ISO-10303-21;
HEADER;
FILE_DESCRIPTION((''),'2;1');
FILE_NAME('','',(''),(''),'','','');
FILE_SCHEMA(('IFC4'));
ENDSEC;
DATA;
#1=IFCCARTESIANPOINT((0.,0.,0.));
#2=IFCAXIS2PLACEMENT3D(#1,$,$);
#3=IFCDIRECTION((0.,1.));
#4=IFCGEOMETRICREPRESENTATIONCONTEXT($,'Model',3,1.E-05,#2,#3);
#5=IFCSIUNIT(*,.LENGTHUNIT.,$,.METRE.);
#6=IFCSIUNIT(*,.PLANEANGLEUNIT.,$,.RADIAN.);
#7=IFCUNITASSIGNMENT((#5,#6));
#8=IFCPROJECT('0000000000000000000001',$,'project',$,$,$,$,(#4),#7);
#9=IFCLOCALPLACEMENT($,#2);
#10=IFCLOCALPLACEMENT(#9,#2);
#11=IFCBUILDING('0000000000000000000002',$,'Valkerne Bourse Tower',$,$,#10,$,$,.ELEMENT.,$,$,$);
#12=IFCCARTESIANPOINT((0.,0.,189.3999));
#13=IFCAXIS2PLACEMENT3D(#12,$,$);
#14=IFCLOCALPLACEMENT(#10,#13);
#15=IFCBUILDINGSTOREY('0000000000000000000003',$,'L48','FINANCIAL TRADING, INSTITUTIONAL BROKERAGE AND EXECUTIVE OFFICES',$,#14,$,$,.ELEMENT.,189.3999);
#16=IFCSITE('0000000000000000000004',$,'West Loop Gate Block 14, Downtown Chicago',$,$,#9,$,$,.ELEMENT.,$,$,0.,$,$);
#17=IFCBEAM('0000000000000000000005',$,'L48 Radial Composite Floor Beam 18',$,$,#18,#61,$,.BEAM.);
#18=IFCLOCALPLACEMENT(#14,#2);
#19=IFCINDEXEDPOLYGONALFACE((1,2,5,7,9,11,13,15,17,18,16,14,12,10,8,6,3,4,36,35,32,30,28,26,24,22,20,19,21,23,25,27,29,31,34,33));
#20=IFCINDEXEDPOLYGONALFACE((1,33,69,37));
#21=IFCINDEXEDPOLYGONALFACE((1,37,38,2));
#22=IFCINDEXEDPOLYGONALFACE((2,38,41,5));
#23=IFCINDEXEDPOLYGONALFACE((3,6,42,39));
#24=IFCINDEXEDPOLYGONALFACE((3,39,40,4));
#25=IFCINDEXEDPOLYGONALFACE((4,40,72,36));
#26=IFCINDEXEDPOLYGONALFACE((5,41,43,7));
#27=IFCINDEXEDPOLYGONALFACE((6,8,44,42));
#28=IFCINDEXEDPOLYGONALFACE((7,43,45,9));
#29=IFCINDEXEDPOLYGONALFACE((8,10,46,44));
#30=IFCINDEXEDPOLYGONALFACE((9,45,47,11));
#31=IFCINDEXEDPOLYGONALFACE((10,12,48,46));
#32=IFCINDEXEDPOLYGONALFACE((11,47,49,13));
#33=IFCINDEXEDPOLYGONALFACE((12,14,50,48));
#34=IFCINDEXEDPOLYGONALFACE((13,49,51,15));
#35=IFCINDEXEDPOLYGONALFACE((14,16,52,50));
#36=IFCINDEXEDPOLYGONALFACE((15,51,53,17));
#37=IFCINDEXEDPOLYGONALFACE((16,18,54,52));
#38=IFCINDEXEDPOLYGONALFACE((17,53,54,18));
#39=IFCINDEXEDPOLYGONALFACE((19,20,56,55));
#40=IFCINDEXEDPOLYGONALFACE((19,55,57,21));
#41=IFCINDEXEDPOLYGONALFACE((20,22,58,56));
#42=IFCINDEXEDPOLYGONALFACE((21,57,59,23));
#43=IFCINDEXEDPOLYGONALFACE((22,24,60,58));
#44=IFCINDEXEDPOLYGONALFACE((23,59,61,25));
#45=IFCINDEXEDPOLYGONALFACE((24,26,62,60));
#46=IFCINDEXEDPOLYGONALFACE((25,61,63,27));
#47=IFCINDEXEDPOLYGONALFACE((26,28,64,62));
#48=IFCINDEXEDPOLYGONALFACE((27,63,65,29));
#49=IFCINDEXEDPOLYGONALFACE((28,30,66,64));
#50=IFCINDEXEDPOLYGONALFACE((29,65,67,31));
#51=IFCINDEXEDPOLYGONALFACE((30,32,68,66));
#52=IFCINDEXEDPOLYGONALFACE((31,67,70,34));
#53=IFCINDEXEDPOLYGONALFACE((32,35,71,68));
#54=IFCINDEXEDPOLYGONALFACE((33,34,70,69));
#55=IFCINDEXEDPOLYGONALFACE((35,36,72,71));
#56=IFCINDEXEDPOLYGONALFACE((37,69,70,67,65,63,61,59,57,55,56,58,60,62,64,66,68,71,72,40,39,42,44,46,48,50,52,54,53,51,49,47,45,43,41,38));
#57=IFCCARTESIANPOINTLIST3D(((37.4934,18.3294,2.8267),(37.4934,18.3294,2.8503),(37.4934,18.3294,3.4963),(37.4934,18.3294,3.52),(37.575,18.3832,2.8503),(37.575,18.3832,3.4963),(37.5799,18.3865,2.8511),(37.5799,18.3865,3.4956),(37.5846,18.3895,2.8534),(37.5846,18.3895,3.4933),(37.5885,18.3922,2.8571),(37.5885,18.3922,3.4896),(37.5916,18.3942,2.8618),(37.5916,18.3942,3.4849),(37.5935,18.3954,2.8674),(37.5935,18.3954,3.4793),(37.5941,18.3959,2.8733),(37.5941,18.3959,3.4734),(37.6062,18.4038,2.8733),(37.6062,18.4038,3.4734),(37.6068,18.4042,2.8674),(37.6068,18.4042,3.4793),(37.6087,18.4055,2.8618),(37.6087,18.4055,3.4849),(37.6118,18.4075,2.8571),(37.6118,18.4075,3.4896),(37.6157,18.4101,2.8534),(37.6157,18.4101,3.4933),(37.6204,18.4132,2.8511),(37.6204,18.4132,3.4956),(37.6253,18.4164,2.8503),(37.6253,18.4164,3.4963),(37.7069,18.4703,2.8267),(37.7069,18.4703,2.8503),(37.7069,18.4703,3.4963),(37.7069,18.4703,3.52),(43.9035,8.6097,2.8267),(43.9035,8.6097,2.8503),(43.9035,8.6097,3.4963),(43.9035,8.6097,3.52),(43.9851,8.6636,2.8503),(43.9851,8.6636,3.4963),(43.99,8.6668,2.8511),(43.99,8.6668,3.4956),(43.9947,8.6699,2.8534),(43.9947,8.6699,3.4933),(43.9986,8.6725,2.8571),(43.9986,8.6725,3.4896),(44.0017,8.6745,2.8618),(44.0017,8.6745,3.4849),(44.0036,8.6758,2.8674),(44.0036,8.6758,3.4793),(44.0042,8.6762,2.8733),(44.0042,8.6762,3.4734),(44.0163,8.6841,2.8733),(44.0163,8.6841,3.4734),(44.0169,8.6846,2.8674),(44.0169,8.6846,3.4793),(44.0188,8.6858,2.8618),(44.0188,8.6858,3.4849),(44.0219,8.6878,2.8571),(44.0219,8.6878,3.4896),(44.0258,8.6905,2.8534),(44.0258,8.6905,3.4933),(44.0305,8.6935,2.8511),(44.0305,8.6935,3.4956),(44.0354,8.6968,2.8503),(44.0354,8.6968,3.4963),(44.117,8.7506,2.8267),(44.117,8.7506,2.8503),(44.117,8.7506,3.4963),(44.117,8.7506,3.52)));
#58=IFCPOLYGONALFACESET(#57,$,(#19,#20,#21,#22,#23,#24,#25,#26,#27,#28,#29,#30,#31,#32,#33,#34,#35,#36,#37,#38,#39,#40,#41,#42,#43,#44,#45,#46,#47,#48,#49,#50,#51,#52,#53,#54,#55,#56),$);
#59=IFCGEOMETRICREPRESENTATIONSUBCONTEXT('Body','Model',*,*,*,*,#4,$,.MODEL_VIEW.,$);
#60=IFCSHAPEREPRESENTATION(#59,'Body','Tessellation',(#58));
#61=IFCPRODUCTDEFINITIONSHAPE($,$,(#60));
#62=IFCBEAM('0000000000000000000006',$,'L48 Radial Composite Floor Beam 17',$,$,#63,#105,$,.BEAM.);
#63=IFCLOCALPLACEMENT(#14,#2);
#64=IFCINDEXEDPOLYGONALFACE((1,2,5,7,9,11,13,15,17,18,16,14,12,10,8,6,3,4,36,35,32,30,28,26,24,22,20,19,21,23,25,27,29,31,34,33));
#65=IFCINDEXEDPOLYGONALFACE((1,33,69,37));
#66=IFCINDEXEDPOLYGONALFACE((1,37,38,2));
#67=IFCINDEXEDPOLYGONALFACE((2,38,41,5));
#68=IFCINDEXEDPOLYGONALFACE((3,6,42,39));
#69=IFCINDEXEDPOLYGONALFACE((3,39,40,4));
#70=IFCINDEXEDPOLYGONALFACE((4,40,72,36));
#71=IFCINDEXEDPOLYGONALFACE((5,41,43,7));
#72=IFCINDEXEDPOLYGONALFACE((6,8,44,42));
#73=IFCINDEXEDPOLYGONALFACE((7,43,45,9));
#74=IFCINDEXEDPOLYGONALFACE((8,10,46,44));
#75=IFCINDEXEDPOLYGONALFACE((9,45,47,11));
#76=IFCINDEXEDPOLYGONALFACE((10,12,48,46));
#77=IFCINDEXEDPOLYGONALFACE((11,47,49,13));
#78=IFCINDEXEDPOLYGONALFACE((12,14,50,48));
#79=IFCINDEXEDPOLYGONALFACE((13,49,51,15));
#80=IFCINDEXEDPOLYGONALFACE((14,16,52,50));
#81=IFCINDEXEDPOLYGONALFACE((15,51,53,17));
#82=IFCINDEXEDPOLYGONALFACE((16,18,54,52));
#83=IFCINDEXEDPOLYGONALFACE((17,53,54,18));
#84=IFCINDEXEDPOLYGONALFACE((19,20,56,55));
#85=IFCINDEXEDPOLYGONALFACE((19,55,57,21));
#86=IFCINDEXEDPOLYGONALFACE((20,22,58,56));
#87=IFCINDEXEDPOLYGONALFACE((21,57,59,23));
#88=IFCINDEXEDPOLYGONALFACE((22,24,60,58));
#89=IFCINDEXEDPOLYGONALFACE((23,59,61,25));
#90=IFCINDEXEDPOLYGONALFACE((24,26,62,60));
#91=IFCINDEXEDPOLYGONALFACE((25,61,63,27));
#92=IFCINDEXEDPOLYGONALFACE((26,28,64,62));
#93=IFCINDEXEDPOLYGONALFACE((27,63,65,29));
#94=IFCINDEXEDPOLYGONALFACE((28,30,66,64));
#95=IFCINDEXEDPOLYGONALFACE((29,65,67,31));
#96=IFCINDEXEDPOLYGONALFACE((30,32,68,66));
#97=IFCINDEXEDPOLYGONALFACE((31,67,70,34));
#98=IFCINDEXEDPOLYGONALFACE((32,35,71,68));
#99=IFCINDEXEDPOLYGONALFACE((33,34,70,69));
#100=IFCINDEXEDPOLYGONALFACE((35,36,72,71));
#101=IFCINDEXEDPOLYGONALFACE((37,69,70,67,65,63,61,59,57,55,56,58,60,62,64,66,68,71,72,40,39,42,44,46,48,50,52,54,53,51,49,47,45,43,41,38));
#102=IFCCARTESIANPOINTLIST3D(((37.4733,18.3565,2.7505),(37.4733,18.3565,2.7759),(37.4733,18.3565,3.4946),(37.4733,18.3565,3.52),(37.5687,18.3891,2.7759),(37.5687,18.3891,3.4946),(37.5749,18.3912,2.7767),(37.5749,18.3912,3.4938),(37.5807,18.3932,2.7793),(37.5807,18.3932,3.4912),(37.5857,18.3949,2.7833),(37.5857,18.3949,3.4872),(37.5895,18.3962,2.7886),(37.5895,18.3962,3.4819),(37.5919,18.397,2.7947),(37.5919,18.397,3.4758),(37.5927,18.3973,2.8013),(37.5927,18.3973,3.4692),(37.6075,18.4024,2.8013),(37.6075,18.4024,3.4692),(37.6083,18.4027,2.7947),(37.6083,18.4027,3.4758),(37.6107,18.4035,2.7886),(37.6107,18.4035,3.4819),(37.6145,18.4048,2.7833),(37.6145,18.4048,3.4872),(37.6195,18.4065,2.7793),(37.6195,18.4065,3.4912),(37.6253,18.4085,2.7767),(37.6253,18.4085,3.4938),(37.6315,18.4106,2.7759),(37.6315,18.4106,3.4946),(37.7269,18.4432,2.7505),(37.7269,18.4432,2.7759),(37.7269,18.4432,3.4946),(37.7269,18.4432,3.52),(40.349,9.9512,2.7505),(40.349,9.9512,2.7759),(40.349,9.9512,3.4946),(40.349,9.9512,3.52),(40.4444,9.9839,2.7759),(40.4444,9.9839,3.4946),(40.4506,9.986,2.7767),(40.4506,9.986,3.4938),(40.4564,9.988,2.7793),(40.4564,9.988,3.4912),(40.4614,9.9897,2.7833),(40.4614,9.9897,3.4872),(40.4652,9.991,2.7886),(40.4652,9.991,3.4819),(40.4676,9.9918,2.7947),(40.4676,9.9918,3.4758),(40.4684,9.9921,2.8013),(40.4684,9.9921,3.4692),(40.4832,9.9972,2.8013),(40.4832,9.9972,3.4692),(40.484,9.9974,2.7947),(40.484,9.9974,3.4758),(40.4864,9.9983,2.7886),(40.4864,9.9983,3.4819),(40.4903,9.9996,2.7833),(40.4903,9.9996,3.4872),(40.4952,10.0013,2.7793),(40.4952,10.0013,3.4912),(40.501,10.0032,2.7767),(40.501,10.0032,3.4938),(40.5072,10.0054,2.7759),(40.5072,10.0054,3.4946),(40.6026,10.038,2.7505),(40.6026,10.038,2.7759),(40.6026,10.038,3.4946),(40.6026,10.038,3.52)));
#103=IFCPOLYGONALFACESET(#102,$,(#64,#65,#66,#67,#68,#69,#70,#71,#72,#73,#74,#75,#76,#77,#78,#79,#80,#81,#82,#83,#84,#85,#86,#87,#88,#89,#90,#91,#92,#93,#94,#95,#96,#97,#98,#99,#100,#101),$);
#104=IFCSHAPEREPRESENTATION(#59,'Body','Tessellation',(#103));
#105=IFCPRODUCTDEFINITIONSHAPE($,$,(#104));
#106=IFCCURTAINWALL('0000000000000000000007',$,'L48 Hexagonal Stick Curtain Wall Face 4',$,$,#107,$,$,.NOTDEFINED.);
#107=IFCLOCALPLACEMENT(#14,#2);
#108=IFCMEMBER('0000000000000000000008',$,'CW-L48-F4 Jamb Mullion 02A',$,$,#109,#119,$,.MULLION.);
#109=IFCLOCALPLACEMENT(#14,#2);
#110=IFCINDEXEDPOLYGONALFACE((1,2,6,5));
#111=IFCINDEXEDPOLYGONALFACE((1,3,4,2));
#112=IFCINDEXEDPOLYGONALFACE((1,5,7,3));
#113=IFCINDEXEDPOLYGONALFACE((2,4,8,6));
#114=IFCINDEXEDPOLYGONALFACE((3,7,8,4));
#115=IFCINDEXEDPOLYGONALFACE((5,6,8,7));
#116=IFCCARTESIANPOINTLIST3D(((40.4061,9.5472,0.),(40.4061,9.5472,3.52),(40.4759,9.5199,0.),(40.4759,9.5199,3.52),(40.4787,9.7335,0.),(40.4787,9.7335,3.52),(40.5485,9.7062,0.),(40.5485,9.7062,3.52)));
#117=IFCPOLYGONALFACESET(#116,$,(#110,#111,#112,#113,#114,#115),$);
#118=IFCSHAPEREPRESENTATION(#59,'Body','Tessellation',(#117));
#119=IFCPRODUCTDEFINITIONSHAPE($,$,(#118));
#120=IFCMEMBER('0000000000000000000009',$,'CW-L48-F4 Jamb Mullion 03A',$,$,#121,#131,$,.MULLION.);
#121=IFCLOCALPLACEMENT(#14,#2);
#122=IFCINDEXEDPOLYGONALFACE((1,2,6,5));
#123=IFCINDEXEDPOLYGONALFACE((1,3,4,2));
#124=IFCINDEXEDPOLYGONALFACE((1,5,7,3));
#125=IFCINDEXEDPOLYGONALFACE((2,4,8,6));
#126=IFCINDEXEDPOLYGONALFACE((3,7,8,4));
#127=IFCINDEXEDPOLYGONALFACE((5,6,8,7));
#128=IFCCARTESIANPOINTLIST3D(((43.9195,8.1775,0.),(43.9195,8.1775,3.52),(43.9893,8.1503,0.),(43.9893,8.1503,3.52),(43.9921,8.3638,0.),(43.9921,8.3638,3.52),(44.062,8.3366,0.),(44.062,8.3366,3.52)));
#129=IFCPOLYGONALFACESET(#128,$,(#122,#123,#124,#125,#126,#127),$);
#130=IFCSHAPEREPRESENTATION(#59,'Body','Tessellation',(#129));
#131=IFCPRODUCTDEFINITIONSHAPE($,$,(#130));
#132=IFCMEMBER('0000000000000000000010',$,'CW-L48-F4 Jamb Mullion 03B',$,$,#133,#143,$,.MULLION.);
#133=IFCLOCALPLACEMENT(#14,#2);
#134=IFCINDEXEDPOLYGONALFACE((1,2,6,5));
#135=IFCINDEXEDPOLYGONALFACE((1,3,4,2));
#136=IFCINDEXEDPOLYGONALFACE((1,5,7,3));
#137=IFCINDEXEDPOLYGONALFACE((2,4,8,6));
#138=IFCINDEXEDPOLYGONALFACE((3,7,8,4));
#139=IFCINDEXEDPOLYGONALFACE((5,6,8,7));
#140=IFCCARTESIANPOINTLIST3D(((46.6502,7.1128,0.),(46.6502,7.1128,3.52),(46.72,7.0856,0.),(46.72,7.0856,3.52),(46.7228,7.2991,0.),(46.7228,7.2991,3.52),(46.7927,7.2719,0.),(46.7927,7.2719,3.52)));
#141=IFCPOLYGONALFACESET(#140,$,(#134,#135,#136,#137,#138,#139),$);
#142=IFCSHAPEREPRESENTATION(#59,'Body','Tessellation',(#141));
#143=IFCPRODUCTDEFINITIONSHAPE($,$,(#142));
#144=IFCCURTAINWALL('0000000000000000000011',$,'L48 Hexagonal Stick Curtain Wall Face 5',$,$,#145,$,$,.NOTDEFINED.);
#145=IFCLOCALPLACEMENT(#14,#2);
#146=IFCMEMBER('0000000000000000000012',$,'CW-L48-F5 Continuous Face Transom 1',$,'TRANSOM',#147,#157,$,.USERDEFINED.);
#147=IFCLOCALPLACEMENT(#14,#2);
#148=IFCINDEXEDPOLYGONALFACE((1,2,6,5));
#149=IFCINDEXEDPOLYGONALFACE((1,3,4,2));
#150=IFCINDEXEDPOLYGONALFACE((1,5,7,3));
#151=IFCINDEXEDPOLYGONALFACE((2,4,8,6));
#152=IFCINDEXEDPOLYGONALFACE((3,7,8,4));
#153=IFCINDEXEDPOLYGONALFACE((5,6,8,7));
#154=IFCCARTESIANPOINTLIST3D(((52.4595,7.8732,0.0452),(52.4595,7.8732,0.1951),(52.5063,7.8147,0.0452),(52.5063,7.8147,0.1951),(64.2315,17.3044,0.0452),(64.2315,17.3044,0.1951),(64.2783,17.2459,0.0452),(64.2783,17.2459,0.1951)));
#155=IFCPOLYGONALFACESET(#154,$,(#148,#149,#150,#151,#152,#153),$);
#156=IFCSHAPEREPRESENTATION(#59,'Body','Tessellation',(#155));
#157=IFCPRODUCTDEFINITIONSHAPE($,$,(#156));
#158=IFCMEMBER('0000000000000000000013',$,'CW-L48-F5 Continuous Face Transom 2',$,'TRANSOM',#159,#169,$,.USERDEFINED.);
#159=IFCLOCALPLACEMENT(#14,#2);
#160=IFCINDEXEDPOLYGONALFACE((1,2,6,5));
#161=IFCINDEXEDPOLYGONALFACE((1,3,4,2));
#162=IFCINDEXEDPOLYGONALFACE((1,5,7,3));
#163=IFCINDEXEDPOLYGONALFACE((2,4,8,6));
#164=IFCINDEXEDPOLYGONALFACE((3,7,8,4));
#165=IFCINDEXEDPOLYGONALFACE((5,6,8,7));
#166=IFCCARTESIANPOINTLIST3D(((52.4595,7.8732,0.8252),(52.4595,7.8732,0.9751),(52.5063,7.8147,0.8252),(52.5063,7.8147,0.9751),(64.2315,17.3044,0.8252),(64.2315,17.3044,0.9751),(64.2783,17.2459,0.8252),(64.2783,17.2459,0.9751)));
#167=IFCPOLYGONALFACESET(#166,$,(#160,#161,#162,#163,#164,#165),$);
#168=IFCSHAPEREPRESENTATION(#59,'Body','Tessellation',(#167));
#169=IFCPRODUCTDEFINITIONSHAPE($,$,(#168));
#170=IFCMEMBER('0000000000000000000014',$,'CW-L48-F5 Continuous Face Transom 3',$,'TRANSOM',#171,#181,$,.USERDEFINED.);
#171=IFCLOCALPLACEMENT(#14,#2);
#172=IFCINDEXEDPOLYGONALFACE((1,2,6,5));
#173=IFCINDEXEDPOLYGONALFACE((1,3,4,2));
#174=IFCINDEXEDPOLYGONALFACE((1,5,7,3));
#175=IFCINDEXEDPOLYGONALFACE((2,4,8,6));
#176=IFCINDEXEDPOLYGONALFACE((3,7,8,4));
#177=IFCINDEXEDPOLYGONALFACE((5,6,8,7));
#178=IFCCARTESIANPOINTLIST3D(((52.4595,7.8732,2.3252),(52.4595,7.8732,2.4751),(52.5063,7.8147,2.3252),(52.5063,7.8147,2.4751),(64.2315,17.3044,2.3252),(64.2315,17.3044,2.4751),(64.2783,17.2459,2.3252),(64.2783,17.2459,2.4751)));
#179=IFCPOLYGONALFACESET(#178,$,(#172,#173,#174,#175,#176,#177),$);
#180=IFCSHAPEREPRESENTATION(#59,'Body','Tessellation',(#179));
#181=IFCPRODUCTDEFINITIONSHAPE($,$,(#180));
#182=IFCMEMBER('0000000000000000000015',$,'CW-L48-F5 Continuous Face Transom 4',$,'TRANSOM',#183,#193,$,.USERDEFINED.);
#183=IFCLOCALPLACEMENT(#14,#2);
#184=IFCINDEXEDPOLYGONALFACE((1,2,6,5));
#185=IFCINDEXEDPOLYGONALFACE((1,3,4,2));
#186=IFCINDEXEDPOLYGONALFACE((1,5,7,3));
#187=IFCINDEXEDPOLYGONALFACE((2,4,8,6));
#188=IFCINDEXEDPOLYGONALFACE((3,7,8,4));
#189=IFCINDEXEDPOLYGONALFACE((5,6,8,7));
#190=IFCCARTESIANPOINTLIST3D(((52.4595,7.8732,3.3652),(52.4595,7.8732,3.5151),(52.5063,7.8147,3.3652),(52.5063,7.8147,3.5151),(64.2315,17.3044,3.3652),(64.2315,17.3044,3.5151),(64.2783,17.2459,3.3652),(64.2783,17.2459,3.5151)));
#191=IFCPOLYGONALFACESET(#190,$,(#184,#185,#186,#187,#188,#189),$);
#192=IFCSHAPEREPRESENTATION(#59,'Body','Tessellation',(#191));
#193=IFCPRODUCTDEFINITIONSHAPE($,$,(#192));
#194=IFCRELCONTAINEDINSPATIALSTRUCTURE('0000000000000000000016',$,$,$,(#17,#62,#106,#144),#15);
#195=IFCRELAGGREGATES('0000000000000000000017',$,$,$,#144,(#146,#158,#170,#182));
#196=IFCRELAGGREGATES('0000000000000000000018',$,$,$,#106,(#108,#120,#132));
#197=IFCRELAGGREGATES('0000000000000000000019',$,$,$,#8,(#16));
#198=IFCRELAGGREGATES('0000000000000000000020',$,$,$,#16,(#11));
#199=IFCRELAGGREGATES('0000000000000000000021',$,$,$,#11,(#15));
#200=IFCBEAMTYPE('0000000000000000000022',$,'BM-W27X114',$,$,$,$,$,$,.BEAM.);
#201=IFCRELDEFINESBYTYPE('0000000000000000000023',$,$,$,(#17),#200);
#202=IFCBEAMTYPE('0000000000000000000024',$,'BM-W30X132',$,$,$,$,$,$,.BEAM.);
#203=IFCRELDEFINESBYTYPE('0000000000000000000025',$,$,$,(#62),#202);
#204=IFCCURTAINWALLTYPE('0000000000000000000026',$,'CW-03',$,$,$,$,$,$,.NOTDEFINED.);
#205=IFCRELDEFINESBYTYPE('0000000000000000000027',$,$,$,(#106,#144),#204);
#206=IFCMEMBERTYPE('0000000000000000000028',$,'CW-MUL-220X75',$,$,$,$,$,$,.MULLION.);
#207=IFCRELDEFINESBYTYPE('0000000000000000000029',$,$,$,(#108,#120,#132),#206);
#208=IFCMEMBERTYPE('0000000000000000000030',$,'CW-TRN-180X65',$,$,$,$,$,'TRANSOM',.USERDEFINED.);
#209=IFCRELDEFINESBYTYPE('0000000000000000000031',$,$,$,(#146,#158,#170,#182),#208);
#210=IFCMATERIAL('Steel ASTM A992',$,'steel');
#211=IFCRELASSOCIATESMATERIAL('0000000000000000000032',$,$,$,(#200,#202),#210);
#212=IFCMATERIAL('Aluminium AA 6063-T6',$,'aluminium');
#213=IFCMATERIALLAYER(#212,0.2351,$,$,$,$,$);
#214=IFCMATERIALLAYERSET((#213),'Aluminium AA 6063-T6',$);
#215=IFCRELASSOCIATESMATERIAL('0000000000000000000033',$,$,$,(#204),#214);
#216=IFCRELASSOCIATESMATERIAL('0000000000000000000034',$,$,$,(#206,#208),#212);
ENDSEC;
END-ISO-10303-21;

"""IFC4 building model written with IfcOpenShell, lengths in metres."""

from ifc_helpers import new_model, si_unit, direction, frame, origin, origin_2d, place, context, subcontext, project, spatial, rectangle, i_section, extrude, material, layer, layer_set, material_profile, profile_set, type_object, element, aggregate, save


model = new_model("IFC4")

# Units and contexts
model_context = context("Model", 3, precision=1e-05, world=origin(), true_north=direction((0.0, 1.0)))
body_context = subcontext(model_context, "Body", "Model", "MODEL_VIEW")
ifc_project = project(units=[si_unit("LENGTHUNIT", "METRE"), si_unit("PLANEANGLEUNIT", "RADIAN")], contexts=[model_context])

# Site, building, storey
site_placement = place(None, origin())
site = spatial("IfcSite", under=ifc_project, at=site_placement, Name="West Loop Gate Block 14, Downtown Chicago", CompositionType="ELEMENT", RefElevation=0.0)
building_placement = place(site_placement, origin())
building = spatial("IfcBuilding", under=site, at=building_placement, Name="Valkerne Bourse Tower", CompositionType="ELEMENT")
storey_placement = place(building_placement, frame((0.0, 0.0, 189.3999)))
storey = spatial("IfcBuildingStorey", under=building, at=storey_placement, Name="L48", Description="FINANCIAL TRADING, INSTITUTIONAL BROKERAGE AND EXECUTIVE OFFICES", CompositionType="ELEMENT", Elevation=189.3999)

# Beams
ifc_material_1 = material(Name="Steel ASTM A992", Category="steel")
ifc_material_profile_1 = material_profile(ifc_material_1, i_section(OverallWidth=0.2559, OverallDepth=0.6934, WebThickness=0.0144, FlangeThickness=0.0237, FilletRadius=0.0229, at=origin_2d()), Name="W27X114")
ifc_profile_set_1 = profile_set([ifc_material_profile_1], Name="Steel ASTM A992")
beam_type_1 = type_object("IfcBeamType", Name="BM-W27X114", PredefinedType="BEAM", material=ifc_profile_set_1)
beam_1_placement = place(storey_placement, frame((44.0103, 8.6802, 3.1733), z_axis=(-0.550551, 0.834801, 0.0), x_axis=(-0.834801, -0.550551, 0.0)))
element("IfcBeam", 1, at=beam_1_placement, inside=storey, type_object=beam_type_1, Name="L48 Radial Composite Floor Beam 18", PredefinedType="BEAM", context=body_context, shape_type="SweptSolid", body=[
    extrude(i_section(OverallWidth=0.2559, OverallDepth=0.6934, WebThickness=0.0144, FlangeThickness=0.0237, FilletRadius=0.0229, at=origin_2d()), origin(), (0.0, 0.0, 1.0), 11.6431),
])
ifc_material_profile_2 = material_profile(ifc_material_1, i_section(OverallWidth=0.2681, OverallDepth=0.7695, WebThickness=0.0156, FlangeThickness=0.0254, FilletRadius=0.0254, at=origin_2d()), Name="W30X132")
ifc_profile_set_2 = profile_set([ifc_material_profile_2], Name="Steel ASTM A992")
beam_type_2 = type_object("IfcBeamType", Name="BM-W30X132", PredefinedType="BEAM", material=ifc_profile_set_2)
beam_2_placement = place(storey_placement, frame((40.4758, 9.9946, 3.1353), z_axis=(-0.323712, 0.946156, 0.0), x_axis=(-0.946156, -0.323712, 0.0)))
element("IfcBeam", 2, at=beam_2_placement, inside=storey, type_object=beam_type_2, Name="L48 Radial Composite Floor Beam 17", PredefinedType="BEAM", context=body_context, shape_type="SweptSolid", body=[
    extrude(i_section(OverallWidth=0.2681, OverallDepth=0.7695, WebThickness=0.0156, FlangeThickness=0.0254, FilletRadius=0.0254, at=origin_2d()), origin(), (0.0, 0.0, 1.0), 8.8835),
])

# Curtain walls, members
ifc_material_2 = material(Name="Aluminium AA 6063-T6", Category="aluminium")
ifc_layer_1 = layer(ifc_material_2, 0.2351)
ifc_layer_set_1 = layer_set([ifc_layer_1], Name="Aluminium AA 6063-T6")
curtain_wall_type = type_object("IfcCurtainWallType", Name="CW-03", PredefinedType="NOTDEFINED", material=ifc_layer_set_1)
curtain_wall_1_placement = place(storey_placement, origin())
curtain_wall_1 = element("IfcCurtainWall", 3, at=curtain_wall_1_placement, inside=storey, type_object=curtain_wall_type, Name="L48 Hexagonal Stick Curtain Wall Face 4", PredefinedType="NOTDEFINED")
ifc_material_profile_3 = material_profile(ifc_material_2, rectangle(XDim=0.075, YDim=0.2, at=origin_2d()), Name="CWM-75X200")
ifc_profile_set_3 = profile_set([ifc_material_profile_3], Name="Aluminium AA 6063-T6")
member_type_1 = type_object("IfcMemberType", Name="CW-MUL-220X75", PredefinedType="MULLION", material=ifc_profile_set_3)
member_1_placement = place(storey_placement, frame((40.4773, 9.6267, 0.0), z_axis=(0.0, 0.0, 1.0), x_axis=(0.931696, -0.363238, 0.0)))
member_1 = element("IfcMember", 4, at=member_1_placement, type_object=member_type_1, Name="CW-L48-F4 Jamb Mullion 02A", PredefinedType="MULLION", context=body_context, shape_type="SweptSolid", body=[
    extrude(rectangle(XDim=0.075, YDim=0.2, at=origin_2d()), origin(), (0.0, 0.0, 1.0), 3.52),
])
member_2_placement = place(storey_placement, frame((43.9907, 8.2571, 0.0), z_axis=(0.0, 0.0, 1.0), x_axis=(0.931693, -0.363247, 0.0)))
member_2 = element("IfcMember", 5, at=member_2_placement, type_object=member_type_1, Name="CW-L48-F4 Jamb Mullion 03A", PredefinedType="MULLION", context=body_context, shape_type="SweptSolid", body=[
    extrude(rectangle(XDim=0.075, YDim=0.2, at=origin_2d()), origin(), (0.0, 0.0, 1.0), 3.52),
])
member_3_placement = place(storey_placement, frame((46.7214, 7.1924, 0.0), z_axis=(0.0, 0.0, 1.0), x_axis=(0.931693, -0.363247, 0.0)))
member_3 = element("IfcMember", 6, at=member_3_placement, type_object=member_type_1, Name="CW-L48-F4 Jamb Mullion 03B", PredefinedType="MULLION", context=body_context, shape_type="SweptSolid", body=[
    extrude(rectangle(XDim=0.075, YDim=0.2, at=origin_2d()), origin(), (0.0, 0.0, 1.0), 3.52),
])
curtain_wall_2_placement = place(storey_placement, origin())
curtain_wall_2 = element("IfcCurtainWall", 7, at=curtain_wall_2_placement, inside=storey, type_object=curtain_wall_type, Name="L48 Hexagonal Stick Curtain Wall Face 5", PredefinedType="NOTDEFINED")
ifc_material_profile_4 = material_profile(ifc_material_2, rectangle(XDim=0.075, YDim=0.1499, at=origin_2d()), Name="CWT-75X150")
ifc_profile_set_4 = profile_set([ifc_material_profile_4], Name="Aluminium AA 6063-T6")
member_type_2 = type_object("IfcMemberType", Name="CW-TRN-180X65", ElementType="TRANSOM", PredefinedType="USERDEFINED", material=ifc_profile_set_4)
member_4_placement = place(storey_placement, frame((52.4829, 7.844, 0.1201), z_axis=(0.78043, 0.625244, 0.0), x_axis=(-0.625244, 0.78043, 0.0)))
member_4 = element("IfcMember", 8, at=member_4_placement, type_object=member_type_2, Name="CW-L48-F5 Continuous Face Transom 1", ObjectType="TRANSOM", PredefinedType="USERDEFINED", context=body_context, shape_type="SweptSolid", body=[
    extrude(rectangle(XDim=0.075, YDim=0.1499, at=origin_2d()), origin(), (0.0, 0.0, 1.0), 15.084),
])
member_5_placement = place(storey_placement, frame((52.4829, 7.844, 0.9001), z_axis=(0.78043, 0.625244, 0.0), x_axis=(-0.625244, 0.78043, 0.0)))
member_5 = element("IfcMember", 9, at=member_5_placement, type_object=member_type_2, Name="CW-L48-F5 Continuous Face Transom 2", ObjectType="TRANSOM", PredefinedType="USERDEFINED", context=body_context, shape_type="SweptSolid", body=[
    extrude(rectangle(XDim=0.075, YDim=0.1499, at=origin_2d()), origin(), (0.0, 0.0, 1.0), 15.084),
])
member_6_placement = place(storey_placement, frame((52.4829, 7.844, 2.4001), z_axis=(0.78043, 0.625244, 0.0), x_axis=(-0.625244, 0.78043, 0.0)))
member_6 = element("IfcMember", 10, at=member_6_placement, type_object=member_type_2, Name="CW-L48-F5 Continuous Face Transom 3", ObjectType="TRANSOM", PredefinedType="USERDEFINED", context=body_context, shape_type="SweptSolid", body=[
    extrude(rectangle(XDim=0.075, YDim=0.1499, at=origin_2d()), origin(), (0.0, 0.0, 1.0), 15.084),
])
member_7_placement = place(storey_placement, frame((52.4829, 7.844, 3.4402), z_axis=(0.78043, 0.625244, 0.0), x_axis=(-0.625244, 0.78043, 0.0)))
member_7 = element("IfcMember", 11, at=member_7_placement, type_object=member_type_2, Name="CW-L48-F5 Continuous Face Transom 4", ObjectType="TRANSOM", PredefinedType="USERDEFINED", context=body_context, shape_type="SweptSolid", body=[
    extrude(rectangle(XDim=0.075, YDim=0.1499, at=origin_2d()), origin(), (0.0, 0.0, 1.0), 15.084),
])
aggregate(curtain_wall_2, [member_4, member_5, member_6, member_7])

aggregate(curtain_wall_1, [member_1, member_2, member_3])

save(model, "model.ifc")
